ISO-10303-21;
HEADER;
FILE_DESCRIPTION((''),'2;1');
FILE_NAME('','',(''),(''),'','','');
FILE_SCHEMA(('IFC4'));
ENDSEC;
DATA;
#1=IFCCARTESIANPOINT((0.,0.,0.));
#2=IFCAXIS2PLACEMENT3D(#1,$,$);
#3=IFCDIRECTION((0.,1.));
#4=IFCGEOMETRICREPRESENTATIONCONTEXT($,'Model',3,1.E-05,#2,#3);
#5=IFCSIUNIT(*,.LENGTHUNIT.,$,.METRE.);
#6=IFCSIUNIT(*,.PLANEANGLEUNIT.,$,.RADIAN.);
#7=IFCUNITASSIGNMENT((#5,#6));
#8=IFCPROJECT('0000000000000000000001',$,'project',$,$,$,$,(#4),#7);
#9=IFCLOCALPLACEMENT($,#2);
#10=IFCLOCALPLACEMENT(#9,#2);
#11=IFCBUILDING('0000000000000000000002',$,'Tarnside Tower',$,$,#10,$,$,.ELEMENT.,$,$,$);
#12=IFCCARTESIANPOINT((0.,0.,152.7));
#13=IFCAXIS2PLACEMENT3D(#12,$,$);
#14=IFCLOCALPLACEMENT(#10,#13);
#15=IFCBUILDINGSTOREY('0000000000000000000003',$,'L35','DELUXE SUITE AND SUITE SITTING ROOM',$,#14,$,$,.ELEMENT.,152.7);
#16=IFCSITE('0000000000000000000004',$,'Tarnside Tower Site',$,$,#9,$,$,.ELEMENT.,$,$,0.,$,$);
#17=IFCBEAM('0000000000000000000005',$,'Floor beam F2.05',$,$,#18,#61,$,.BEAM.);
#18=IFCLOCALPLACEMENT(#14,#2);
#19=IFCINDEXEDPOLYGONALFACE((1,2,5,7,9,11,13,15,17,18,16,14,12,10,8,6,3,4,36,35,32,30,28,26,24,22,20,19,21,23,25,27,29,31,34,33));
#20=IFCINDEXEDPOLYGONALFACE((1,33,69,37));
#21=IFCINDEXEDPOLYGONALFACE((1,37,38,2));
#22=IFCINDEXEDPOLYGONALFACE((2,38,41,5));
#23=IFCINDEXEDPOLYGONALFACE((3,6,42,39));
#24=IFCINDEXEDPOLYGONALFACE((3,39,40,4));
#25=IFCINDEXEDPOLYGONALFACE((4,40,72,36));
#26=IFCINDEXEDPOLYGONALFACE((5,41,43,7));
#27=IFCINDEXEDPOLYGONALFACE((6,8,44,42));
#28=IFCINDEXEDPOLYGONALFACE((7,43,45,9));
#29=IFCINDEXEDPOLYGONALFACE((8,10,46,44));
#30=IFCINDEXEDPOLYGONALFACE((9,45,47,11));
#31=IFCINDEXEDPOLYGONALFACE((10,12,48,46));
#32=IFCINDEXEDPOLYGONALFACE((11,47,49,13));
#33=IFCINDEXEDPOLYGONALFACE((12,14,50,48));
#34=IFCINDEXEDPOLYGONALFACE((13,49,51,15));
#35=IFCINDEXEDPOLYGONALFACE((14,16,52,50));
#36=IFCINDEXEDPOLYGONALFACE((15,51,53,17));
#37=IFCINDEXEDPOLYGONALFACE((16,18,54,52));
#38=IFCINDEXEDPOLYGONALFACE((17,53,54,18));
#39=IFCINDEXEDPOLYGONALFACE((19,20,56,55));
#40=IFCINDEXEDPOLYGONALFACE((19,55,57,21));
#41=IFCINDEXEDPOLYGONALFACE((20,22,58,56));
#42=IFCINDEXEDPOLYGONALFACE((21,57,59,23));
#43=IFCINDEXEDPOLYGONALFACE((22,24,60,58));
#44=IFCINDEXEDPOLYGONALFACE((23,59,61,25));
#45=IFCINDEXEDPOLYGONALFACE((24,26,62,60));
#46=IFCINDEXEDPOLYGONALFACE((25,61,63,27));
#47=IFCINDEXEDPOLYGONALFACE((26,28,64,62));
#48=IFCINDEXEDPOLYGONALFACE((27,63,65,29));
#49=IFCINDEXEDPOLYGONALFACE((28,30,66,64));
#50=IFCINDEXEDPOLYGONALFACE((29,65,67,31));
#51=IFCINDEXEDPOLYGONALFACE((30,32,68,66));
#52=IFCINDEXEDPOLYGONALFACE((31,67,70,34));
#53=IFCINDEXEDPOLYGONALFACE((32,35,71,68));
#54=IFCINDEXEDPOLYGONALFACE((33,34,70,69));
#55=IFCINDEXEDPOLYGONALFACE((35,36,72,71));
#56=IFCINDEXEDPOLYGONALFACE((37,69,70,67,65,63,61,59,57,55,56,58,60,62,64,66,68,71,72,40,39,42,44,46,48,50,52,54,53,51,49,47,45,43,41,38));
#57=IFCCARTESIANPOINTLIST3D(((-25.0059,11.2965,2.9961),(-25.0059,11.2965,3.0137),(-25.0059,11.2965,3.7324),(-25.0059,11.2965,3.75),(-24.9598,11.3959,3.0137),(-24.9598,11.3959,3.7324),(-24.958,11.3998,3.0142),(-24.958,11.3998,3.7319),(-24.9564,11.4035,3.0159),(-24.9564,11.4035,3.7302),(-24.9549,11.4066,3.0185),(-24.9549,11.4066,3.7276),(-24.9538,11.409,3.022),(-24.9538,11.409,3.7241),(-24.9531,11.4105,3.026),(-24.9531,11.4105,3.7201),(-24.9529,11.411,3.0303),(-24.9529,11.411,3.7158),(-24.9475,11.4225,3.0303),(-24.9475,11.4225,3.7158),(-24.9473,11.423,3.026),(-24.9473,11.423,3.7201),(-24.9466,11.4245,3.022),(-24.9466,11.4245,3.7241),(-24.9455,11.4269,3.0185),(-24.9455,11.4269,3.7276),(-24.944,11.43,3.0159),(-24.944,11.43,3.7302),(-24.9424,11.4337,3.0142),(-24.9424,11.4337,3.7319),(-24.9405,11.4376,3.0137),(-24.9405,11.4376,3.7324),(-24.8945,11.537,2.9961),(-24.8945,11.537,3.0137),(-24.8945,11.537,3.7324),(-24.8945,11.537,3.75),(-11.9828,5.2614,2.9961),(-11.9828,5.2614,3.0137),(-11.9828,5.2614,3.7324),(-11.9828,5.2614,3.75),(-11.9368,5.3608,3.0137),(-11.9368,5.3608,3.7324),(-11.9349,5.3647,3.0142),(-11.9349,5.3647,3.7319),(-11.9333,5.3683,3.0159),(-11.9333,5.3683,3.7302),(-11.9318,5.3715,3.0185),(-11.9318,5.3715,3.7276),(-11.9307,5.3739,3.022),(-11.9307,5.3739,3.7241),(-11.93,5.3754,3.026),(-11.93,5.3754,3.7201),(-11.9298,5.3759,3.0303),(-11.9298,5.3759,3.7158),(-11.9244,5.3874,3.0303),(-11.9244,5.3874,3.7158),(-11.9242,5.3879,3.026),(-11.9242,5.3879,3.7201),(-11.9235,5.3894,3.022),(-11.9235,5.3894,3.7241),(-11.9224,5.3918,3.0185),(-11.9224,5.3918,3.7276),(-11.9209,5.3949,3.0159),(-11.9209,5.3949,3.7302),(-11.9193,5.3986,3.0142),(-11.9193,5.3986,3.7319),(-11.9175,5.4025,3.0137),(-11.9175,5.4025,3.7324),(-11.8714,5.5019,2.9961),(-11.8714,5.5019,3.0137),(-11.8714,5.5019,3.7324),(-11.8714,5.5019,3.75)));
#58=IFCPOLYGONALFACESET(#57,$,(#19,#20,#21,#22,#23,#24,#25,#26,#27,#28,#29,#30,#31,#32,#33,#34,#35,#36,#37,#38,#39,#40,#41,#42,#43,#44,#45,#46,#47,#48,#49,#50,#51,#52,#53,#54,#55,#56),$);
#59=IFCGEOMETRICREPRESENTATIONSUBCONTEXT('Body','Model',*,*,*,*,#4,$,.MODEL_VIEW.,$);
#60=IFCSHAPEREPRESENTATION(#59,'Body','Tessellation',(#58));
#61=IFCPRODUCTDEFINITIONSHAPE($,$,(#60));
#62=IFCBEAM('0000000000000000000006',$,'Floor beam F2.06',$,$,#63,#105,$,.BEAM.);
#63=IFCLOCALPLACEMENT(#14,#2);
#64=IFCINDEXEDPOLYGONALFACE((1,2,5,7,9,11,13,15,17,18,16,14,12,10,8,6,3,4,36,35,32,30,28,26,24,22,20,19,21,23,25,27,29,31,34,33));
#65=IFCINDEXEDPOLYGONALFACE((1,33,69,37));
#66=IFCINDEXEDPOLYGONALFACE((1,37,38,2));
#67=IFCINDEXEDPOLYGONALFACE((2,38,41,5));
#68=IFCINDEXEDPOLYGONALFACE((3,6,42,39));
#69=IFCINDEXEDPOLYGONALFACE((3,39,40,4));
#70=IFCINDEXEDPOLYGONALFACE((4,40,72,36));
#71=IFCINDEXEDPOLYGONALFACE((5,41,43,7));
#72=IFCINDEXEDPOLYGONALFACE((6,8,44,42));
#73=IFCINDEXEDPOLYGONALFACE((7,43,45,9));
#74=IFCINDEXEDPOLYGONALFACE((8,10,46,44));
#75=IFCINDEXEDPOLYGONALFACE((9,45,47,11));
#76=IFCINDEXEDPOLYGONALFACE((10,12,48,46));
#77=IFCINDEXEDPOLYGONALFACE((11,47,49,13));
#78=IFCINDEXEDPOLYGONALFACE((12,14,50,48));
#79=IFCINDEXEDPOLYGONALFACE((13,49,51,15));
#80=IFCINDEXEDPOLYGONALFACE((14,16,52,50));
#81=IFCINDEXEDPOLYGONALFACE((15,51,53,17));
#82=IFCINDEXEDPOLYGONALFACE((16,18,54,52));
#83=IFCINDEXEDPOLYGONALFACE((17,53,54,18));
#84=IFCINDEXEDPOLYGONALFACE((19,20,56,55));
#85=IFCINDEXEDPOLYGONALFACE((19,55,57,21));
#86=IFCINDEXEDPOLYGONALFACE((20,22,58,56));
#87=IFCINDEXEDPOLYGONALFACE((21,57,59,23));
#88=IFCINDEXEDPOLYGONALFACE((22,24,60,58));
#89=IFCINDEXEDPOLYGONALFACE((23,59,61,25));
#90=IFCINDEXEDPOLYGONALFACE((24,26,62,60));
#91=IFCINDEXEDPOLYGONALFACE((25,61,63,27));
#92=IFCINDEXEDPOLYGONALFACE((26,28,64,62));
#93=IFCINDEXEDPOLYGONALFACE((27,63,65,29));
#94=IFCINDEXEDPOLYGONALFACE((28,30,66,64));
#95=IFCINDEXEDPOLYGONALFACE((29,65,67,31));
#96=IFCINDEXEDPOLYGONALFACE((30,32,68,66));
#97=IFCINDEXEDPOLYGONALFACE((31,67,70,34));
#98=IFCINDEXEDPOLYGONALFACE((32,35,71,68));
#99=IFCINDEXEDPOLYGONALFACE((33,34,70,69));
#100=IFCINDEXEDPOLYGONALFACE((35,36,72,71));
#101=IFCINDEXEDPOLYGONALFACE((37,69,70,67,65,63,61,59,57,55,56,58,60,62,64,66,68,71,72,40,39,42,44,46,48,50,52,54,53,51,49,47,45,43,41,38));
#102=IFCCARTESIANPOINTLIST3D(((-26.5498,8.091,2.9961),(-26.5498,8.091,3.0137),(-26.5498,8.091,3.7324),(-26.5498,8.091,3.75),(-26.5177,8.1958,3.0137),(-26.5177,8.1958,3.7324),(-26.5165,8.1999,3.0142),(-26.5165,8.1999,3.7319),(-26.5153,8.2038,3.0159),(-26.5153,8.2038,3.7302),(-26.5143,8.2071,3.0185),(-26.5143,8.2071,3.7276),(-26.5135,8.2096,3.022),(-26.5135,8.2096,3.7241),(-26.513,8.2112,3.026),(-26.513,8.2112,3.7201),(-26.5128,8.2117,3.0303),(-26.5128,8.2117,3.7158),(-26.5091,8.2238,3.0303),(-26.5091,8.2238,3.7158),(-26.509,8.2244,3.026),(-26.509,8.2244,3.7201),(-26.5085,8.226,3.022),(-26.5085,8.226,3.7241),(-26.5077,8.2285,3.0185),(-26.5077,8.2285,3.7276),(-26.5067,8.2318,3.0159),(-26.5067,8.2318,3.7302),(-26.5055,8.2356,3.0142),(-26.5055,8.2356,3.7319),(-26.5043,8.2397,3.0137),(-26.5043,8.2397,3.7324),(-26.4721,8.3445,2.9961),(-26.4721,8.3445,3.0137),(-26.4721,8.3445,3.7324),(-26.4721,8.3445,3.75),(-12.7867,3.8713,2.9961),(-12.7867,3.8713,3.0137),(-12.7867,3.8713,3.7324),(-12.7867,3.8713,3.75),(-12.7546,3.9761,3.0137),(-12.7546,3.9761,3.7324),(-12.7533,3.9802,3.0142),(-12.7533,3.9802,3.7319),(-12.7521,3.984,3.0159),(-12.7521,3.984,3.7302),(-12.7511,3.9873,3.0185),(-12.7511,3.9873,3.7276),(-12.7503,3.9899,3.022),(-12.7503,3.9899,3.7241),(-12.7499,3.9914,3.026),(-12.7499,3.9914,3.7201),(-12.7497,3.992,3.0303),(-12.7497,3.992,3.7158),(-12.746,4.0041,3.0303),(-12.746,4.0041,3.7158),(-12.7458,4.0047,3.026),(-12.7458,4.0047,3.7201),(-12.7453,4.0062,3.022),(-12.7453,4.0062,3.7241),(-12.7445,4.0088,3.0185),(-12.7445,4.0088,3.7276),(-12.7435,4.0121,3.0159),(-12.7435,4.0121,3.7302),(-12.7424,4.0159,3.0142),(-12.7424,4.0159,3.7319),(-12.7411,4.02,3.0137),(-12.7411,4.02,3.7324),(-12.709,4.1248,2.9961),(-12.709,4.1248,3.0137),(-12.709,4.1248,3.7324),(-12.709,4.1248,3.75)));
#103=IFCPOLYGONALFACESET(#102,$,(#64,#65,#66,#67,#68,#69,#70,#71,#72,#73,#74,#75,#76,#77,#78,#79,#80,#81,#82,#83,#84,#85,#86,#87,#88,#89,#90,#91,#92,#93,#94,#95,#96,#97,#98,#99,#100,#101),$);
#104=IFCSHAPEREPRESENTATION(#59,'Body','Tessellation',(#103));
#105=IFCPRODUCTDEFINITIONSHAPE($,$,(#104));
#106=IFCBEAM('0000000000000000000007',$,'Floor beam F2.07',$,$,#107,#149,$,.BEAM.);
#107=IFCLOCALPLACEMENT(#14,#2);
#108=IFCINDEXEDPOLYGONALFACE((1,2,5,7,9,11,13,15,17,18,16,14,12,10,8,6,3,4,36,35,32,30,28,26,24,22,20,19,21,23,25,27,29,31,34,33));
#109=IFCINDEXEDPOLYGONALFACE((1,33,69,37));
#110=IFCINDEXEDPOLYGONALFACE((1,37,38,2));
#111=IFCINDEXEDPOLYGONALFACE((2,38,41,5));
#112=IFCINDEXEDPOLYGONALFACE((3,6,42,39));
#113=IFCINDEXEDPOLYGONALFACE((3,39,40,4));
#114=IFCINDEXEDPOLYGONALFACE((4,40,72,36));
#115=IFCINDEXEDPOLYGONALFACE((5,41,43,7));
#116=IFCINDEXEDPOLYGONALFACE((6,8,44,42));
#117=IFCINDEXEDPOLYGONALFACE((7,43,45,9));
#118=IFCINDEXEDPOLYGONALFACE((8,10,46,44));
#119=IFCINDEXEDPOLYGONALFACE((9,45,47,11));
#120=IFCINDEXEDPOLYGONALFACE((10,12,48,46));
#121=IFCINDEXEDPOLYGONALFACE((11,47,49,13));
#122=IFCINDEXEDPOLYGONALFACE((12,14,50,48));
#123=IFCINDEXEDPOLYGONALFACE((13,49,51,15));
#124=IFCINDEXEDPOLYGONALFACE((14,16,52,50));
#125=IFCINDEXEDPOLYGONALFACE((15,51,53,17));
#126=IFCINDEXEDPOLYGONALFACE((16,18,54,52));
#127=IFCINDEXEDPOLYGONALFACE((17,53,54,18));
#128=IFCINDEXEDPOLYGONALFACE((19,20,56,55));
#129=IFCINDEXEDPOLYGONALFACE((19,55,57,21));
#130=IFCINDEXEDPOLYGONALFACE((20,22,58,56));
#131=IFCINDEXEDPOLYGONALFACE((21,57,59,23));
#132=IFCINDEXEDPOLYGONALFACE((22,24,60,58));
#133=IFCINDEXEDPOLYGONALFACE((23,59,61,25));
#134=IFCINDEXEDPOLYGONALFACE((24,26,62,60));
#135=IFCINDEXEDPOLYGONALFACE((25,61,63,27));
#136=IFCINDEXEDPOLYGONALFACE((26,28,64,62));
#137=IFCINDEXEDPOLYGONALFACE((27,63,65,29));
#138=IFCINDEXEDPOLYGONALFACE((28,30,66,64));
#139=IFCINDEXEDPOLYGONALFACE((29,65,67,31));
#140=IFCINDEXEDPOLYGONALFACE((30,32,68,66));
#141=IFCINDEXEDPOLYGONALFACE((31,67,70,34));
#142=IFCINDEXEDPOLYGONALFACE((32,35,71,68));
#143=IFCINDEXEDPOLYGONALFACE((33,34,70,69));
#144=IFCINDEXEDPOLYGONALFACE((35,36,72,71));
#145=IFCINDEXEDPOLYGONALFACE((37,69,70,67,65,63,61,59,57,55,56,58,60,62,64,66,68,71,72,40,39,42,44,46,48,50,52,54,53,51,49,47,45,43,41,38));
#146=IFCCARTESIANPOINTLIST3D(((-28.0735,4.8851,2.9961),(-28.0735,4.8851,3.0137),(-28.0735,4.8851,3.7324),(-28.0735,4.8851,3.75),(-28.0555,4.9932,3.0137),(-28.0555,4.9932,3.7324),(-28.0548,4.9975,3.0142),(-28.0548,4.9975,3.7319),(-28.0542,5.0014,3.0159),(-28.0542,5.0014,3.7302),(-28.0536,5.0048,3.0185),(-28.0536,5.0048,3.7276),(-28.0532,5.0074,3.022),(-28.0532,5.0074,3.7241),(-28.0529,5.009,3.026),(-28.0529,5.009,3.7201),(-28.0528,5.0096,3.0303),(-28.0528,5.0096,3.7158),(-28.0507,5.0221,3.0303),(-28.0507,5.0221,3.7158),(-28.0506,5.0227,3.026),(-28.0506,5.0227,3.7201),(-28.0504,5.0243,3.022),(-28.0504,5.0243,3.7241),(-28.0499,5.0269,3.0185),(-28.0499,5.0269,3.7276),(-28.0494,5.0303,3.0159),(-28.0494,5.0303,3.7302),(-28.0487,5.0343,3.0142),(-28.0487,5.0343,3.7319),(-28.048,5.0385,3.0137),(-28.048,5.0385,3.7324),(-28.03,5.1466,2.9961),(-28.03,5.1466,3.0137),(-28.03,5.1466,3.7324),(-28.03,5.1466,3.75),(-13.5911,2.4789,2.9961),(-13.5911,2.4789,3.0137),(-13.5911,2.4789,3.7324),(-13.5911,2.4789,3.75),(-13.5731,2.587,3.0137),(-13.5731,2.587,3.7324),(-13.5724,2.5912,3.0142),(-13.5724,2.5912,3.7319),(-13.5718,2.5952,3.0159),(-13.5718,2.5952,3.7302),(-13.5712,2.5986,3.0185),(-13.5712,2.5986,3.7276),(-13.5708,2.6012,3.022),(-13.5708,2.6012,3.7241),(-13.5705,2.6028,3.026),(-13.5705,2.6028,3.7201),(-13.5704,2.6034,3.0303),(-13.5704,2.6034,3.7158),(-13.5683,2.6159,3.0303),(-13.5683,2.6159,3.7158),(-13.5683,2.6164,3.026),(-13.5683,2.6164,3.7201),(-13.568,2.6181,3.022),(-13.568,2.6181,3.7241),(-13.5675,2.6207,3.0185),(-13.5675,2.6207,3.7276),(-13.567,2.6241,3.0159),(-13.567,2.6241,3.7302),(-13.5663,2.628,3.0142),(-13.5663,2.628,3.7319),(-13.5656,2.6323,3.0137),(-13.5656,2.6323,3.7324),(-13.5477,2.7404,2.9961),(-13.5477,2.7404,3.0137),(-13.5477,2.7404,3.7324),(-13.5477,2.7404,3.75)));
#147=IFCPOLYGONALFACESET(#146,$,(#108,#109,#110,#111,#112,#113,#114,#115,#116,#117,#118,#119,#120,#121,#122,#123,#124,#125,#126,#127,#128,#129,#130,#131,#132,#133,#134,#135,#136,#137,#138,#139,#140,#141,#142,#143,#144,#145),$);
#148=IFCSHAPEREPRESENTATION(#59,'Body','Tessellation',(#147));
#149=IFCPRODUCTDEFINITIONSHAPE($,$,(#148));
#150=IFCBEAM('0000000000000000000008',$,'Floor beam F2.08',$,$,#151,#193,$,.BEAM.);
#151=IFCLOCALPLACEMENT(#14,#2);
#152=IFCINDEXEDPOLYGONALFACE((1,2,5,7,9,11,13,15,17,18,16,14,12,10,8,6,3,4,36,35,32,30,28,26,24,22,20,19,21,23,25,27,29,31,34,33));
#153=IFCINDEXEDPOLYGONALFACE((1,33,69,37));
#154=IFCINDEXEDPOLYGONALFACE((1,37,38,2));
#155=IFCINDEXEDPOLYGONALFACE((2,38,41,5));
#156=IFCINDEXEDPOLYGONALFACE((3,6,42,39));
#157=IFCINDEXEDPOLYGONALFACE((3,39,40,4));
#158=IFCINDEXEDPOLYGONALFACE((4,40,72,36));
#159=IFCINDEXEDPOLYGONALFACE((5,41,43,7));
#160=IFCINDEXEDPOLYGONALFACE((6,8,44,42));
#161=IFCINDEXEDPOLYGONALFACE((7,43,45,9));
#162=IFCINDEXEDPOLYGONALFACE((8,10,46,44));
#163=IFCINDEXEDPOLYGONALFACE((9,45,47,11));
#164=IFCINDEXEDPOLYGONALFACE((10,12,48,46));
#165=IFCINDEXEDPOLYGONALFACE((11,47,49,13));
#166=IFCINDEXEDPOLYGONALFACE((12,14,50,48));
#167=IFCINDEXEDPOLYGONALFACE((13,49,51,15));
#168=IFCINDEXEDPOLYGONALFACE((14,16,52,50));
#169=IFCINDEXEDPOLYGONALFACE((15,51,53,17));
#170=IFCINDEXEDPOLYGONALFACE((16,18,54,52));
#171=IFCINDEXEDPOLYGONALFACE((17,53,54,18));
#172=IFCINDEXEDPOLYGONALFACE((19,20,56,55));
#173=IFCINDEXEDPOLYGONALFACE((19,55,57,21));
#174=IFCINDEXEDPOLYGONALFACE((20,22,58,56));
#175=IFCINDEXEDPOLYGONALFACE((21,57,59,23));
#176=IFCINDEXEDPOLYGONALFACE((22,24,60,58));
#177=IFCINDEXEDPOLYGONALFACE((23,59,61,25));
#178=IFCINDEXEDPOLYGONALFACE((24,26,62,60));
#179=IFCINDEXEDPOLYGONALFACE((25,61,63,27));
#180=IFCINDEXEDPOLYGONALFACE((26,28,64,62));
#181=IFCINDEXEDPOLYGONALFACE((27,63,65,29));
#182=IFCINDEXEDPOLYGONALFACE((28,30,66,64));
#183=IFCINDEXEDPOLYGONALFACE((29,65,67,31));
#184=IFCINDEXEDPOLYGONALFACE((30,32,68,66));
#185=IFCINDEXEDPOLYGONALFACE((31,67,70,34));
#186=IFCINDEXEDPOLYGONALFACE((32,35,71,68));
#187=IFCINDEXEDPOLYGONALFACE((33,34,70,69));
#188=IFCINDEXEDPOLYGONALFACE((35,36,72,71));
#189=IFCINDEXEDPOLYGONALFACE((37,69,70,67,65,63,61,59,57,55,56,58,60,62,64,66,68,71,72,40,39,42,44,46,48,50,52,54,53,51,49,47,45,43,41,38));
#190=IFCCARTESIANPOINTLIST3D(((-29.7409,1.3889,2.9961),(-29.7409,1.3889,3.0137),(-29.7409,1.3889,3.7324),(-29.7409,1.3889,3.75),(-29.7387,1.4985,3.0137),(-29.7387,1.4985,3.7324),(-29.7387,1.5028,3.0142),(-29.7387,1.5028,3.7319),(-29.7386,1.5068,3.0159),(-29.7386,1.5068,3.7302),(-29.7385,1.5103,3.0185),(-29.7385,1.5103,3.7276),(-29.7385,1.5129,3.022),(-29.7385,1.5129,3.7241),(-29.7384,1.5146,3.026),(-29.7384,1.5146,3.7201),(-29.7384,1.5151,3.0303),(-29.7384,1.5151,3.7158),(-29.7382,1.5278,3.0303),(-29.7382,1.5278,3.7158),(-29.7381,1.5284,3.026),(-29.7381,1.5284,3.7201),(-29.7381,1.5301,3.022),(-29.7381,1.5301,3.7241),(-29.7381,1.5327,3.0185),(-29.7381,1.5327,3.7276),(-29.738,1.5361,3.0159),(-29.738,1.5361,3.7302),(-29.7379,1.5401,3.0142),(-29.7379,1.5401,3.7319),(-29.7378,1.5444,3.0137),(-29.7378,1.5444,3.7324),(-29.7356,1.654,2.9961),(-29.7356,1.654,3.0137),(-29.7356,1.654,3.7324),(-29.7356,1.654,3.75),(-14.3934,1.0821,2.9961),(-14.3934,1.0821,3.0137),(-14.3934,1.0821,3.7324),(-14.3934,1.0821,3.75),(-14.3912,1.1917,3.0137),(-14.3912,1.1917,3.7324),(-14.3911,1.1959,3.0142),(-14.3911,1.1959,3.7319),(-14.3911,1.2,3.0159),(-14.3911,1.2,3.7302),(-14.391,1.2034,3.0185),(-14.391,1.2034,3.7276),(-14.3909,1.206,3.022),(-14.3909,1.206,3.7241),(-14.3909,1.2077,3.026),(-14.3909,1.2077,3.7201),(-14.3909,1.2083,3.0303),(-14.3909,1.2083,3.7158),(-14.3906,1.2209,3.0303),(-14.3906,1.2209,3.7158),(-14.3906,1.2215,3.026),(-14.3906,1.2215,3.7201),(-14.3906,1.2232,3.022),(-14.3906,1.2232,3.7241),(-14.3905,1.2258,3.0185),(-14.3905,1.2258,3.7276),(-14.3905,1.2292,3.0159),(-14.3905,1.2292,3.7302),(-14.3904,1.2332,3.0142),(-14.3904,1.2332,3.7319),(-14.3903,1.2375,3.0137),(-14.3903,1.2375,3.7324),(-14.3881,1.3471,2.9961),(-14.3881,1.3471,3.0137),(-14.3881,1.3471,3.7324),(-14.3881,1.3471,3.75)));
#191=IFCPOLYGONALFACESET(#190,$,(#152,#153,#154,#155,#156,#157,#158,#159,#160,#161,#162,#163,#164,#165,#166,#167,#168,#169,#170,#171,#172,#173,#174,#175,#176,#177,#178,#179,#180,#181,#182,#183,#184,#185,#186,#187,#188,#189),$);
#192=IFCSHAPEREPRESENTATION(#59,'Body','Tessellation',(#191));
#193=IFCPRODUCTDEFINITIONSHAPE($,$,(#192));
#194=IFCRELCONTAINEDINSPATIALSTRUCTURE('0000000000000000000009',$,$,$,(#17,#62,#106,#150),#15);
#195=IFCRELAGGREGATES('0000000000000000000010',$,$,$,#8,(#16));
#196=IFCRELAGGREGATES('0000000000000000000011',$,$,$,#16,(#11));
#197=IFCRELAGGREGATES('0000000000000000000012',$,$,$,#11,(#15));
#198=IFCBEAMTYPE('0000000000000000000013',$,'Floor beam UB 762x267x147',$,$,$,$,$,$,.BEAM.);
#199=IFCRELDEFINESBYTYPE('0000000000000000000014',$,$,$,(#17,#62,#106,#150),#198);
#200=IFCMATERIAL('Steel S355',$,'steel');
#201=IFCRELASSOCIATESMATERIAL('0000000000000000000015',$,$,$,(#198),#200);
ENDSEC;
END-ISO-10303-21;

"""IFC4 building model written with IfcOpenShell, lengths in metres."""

from ifc_helpers import new_model, si_unit, direction, frame, origin, origin_2d, place, context, subcontext, project, spatial, i_section, extrude, material, material_profile, profile_set, type_object, element, save


model = new_model("IFC4")

# Units and contexts
model_context = context("Model", 3, precision=1e-05, world=origin(), true_north=direction((0.0, 1.0)))
body_context = subcontext(model_context, "Body", "Model", "MODEL_VIEW")
ifc_project = project(units=[si_unit("LENGTHUNIT", "METRE"), si_unit("PLANEANGLEUNIT", "RADIAN")], contexts=[model_context])

# Site, building, storey
site_placement = place(None, origin())
site = spatial("IfcSite", under=ifc_project, at=site_placement, Name="Tarnside Tower Site", CompositionType="ELEMENT", RefElevation=0.0)
building_placement = place(site_placement, origin())
building = spatial("IfcBuilding", under=site, at=building_placement, Name="Tarnside Tower", CompositionType="ELEMENT")
storey_placement = place(building_placement, frame((0.0, 0.0, 152.7)))
storey = spatial("IfcBuildingStorey", under=building, at=storey_placement, Name="L35", Description="DELUXE SUITE AND SUITE SITTING ROOM", CompositionType="ELEMENT", Elevation=152.7)

# Beams
ifc_material_1 = material(Name="Steel S355", Category="steel")
ifc_material_profile = material_profile(ifc_material_1, i_section(OverallWidth=0.2651, OverallDepth=0.7539, WebThickness=0.0127, FlangeThickness=0.0176, FilletRadius=0.0166, at=origin_2d()), Name="UB 762x267x147")
ifc_profile_set = profile_set([ifc_material_profile], Name="Steel S355")
beam_type = type_object("IfcBeamType", Name="Floor beam UB 762x267x147", PredefinedType="BEAM", material=ifc_profile_set)
beam_1_placement = place(storey_placement, frame((-24.9502, 11.4167, 3.373), z_axis=(0.90731, -0.420462, 0.0), x_axis=(0.420462, 0.90731, 0.0)))
element("IfcBeam", 1, at=beam_1_placement, inside=storey, type_object=beam_type, Name="Floor beam F2.05", PredefinedType="BEAM", context=body_context, shape_type="SweptSolid", body=[
    extrude(i_section(OverallWidth=0.2651, OverallDepth=0.7539, WebThickness=0.0127, FlangeThickness=0.0176, FilletRadius=0.0166, at=origin_2d()), origin(), (0.0, 0.0, 1.0), 14.3535),
])
beam_2_placement = place(storey_placement, frame((-26.511, 8.2178, 3.373), z_axis=(0.956073, -0.293128, 0.0), x_axis=(0.293128, 0.956073, 0.0)))
element("IfcBeam", 2, at=beam_2_placement, inside=storey, type_object=beam_type, Name="Floor beam F2.06", PredefinedType="BEAM", context=body_context, shape_type="SweptSolid", body=[
    extrude(i_section(OverallWidth=0.2651, OverallDepth=0.7539, WebThickness=0.0127, FlangeThickness=0.0176, FilletRadius=0.0166, at=origin_2d()), origin(), (0.0, 0.0, 1.0), 14.3955),
])
beam_3_placement = place(storey_placement, frame((-28.0518, 5.0159, 3.373), z_axis=(0.986476, -0.163903, 0.0), x_axis=(0.163903, 0.986476, 0.0)))
element("IfcBeam", 3, at=beam_3_placement, inside=storey, type_object=beam_type, Name="Floor beam F2.07", PredefinedType="BEAM", context=body_context, shape_type="SweptSolid", body=[
    extrude(i_section(OverallWidth=0.2651, OverallDepth=0.7539, WebThickness=0.0127, FlangeThickness=0.0176, FilletRadius=0.0166, at=origin_2d()), origin(), (0.0, 0.0, 1.0), 14.6809),
])
beam_4_placement = place(storey_placement, frame((-29.7383, 1.5215, 3.373), z_axis=(0.9998, -0.019992, 0.0), x_axis=(0.019992, 0.9998, 0.0)))
element("IfcBeam", 4, at=beam_4_placement, inside=storey, type_object=beam_type, Name="Floor beam F2.08", PredefinedType="BEAM", context=body_context, shape_type="SweptSolid", body=[
    extrude(i_section(OverallWidth=0.2651, OverallDepth=0.7539, WebThickness=0.0127, FlangeThickness=0.0176, FilletRadius=0.0166, at=origin_2d()), origin(), (0.0, 0.0, 1.0), 15.3506),
])

save(model, "model.ifc")
